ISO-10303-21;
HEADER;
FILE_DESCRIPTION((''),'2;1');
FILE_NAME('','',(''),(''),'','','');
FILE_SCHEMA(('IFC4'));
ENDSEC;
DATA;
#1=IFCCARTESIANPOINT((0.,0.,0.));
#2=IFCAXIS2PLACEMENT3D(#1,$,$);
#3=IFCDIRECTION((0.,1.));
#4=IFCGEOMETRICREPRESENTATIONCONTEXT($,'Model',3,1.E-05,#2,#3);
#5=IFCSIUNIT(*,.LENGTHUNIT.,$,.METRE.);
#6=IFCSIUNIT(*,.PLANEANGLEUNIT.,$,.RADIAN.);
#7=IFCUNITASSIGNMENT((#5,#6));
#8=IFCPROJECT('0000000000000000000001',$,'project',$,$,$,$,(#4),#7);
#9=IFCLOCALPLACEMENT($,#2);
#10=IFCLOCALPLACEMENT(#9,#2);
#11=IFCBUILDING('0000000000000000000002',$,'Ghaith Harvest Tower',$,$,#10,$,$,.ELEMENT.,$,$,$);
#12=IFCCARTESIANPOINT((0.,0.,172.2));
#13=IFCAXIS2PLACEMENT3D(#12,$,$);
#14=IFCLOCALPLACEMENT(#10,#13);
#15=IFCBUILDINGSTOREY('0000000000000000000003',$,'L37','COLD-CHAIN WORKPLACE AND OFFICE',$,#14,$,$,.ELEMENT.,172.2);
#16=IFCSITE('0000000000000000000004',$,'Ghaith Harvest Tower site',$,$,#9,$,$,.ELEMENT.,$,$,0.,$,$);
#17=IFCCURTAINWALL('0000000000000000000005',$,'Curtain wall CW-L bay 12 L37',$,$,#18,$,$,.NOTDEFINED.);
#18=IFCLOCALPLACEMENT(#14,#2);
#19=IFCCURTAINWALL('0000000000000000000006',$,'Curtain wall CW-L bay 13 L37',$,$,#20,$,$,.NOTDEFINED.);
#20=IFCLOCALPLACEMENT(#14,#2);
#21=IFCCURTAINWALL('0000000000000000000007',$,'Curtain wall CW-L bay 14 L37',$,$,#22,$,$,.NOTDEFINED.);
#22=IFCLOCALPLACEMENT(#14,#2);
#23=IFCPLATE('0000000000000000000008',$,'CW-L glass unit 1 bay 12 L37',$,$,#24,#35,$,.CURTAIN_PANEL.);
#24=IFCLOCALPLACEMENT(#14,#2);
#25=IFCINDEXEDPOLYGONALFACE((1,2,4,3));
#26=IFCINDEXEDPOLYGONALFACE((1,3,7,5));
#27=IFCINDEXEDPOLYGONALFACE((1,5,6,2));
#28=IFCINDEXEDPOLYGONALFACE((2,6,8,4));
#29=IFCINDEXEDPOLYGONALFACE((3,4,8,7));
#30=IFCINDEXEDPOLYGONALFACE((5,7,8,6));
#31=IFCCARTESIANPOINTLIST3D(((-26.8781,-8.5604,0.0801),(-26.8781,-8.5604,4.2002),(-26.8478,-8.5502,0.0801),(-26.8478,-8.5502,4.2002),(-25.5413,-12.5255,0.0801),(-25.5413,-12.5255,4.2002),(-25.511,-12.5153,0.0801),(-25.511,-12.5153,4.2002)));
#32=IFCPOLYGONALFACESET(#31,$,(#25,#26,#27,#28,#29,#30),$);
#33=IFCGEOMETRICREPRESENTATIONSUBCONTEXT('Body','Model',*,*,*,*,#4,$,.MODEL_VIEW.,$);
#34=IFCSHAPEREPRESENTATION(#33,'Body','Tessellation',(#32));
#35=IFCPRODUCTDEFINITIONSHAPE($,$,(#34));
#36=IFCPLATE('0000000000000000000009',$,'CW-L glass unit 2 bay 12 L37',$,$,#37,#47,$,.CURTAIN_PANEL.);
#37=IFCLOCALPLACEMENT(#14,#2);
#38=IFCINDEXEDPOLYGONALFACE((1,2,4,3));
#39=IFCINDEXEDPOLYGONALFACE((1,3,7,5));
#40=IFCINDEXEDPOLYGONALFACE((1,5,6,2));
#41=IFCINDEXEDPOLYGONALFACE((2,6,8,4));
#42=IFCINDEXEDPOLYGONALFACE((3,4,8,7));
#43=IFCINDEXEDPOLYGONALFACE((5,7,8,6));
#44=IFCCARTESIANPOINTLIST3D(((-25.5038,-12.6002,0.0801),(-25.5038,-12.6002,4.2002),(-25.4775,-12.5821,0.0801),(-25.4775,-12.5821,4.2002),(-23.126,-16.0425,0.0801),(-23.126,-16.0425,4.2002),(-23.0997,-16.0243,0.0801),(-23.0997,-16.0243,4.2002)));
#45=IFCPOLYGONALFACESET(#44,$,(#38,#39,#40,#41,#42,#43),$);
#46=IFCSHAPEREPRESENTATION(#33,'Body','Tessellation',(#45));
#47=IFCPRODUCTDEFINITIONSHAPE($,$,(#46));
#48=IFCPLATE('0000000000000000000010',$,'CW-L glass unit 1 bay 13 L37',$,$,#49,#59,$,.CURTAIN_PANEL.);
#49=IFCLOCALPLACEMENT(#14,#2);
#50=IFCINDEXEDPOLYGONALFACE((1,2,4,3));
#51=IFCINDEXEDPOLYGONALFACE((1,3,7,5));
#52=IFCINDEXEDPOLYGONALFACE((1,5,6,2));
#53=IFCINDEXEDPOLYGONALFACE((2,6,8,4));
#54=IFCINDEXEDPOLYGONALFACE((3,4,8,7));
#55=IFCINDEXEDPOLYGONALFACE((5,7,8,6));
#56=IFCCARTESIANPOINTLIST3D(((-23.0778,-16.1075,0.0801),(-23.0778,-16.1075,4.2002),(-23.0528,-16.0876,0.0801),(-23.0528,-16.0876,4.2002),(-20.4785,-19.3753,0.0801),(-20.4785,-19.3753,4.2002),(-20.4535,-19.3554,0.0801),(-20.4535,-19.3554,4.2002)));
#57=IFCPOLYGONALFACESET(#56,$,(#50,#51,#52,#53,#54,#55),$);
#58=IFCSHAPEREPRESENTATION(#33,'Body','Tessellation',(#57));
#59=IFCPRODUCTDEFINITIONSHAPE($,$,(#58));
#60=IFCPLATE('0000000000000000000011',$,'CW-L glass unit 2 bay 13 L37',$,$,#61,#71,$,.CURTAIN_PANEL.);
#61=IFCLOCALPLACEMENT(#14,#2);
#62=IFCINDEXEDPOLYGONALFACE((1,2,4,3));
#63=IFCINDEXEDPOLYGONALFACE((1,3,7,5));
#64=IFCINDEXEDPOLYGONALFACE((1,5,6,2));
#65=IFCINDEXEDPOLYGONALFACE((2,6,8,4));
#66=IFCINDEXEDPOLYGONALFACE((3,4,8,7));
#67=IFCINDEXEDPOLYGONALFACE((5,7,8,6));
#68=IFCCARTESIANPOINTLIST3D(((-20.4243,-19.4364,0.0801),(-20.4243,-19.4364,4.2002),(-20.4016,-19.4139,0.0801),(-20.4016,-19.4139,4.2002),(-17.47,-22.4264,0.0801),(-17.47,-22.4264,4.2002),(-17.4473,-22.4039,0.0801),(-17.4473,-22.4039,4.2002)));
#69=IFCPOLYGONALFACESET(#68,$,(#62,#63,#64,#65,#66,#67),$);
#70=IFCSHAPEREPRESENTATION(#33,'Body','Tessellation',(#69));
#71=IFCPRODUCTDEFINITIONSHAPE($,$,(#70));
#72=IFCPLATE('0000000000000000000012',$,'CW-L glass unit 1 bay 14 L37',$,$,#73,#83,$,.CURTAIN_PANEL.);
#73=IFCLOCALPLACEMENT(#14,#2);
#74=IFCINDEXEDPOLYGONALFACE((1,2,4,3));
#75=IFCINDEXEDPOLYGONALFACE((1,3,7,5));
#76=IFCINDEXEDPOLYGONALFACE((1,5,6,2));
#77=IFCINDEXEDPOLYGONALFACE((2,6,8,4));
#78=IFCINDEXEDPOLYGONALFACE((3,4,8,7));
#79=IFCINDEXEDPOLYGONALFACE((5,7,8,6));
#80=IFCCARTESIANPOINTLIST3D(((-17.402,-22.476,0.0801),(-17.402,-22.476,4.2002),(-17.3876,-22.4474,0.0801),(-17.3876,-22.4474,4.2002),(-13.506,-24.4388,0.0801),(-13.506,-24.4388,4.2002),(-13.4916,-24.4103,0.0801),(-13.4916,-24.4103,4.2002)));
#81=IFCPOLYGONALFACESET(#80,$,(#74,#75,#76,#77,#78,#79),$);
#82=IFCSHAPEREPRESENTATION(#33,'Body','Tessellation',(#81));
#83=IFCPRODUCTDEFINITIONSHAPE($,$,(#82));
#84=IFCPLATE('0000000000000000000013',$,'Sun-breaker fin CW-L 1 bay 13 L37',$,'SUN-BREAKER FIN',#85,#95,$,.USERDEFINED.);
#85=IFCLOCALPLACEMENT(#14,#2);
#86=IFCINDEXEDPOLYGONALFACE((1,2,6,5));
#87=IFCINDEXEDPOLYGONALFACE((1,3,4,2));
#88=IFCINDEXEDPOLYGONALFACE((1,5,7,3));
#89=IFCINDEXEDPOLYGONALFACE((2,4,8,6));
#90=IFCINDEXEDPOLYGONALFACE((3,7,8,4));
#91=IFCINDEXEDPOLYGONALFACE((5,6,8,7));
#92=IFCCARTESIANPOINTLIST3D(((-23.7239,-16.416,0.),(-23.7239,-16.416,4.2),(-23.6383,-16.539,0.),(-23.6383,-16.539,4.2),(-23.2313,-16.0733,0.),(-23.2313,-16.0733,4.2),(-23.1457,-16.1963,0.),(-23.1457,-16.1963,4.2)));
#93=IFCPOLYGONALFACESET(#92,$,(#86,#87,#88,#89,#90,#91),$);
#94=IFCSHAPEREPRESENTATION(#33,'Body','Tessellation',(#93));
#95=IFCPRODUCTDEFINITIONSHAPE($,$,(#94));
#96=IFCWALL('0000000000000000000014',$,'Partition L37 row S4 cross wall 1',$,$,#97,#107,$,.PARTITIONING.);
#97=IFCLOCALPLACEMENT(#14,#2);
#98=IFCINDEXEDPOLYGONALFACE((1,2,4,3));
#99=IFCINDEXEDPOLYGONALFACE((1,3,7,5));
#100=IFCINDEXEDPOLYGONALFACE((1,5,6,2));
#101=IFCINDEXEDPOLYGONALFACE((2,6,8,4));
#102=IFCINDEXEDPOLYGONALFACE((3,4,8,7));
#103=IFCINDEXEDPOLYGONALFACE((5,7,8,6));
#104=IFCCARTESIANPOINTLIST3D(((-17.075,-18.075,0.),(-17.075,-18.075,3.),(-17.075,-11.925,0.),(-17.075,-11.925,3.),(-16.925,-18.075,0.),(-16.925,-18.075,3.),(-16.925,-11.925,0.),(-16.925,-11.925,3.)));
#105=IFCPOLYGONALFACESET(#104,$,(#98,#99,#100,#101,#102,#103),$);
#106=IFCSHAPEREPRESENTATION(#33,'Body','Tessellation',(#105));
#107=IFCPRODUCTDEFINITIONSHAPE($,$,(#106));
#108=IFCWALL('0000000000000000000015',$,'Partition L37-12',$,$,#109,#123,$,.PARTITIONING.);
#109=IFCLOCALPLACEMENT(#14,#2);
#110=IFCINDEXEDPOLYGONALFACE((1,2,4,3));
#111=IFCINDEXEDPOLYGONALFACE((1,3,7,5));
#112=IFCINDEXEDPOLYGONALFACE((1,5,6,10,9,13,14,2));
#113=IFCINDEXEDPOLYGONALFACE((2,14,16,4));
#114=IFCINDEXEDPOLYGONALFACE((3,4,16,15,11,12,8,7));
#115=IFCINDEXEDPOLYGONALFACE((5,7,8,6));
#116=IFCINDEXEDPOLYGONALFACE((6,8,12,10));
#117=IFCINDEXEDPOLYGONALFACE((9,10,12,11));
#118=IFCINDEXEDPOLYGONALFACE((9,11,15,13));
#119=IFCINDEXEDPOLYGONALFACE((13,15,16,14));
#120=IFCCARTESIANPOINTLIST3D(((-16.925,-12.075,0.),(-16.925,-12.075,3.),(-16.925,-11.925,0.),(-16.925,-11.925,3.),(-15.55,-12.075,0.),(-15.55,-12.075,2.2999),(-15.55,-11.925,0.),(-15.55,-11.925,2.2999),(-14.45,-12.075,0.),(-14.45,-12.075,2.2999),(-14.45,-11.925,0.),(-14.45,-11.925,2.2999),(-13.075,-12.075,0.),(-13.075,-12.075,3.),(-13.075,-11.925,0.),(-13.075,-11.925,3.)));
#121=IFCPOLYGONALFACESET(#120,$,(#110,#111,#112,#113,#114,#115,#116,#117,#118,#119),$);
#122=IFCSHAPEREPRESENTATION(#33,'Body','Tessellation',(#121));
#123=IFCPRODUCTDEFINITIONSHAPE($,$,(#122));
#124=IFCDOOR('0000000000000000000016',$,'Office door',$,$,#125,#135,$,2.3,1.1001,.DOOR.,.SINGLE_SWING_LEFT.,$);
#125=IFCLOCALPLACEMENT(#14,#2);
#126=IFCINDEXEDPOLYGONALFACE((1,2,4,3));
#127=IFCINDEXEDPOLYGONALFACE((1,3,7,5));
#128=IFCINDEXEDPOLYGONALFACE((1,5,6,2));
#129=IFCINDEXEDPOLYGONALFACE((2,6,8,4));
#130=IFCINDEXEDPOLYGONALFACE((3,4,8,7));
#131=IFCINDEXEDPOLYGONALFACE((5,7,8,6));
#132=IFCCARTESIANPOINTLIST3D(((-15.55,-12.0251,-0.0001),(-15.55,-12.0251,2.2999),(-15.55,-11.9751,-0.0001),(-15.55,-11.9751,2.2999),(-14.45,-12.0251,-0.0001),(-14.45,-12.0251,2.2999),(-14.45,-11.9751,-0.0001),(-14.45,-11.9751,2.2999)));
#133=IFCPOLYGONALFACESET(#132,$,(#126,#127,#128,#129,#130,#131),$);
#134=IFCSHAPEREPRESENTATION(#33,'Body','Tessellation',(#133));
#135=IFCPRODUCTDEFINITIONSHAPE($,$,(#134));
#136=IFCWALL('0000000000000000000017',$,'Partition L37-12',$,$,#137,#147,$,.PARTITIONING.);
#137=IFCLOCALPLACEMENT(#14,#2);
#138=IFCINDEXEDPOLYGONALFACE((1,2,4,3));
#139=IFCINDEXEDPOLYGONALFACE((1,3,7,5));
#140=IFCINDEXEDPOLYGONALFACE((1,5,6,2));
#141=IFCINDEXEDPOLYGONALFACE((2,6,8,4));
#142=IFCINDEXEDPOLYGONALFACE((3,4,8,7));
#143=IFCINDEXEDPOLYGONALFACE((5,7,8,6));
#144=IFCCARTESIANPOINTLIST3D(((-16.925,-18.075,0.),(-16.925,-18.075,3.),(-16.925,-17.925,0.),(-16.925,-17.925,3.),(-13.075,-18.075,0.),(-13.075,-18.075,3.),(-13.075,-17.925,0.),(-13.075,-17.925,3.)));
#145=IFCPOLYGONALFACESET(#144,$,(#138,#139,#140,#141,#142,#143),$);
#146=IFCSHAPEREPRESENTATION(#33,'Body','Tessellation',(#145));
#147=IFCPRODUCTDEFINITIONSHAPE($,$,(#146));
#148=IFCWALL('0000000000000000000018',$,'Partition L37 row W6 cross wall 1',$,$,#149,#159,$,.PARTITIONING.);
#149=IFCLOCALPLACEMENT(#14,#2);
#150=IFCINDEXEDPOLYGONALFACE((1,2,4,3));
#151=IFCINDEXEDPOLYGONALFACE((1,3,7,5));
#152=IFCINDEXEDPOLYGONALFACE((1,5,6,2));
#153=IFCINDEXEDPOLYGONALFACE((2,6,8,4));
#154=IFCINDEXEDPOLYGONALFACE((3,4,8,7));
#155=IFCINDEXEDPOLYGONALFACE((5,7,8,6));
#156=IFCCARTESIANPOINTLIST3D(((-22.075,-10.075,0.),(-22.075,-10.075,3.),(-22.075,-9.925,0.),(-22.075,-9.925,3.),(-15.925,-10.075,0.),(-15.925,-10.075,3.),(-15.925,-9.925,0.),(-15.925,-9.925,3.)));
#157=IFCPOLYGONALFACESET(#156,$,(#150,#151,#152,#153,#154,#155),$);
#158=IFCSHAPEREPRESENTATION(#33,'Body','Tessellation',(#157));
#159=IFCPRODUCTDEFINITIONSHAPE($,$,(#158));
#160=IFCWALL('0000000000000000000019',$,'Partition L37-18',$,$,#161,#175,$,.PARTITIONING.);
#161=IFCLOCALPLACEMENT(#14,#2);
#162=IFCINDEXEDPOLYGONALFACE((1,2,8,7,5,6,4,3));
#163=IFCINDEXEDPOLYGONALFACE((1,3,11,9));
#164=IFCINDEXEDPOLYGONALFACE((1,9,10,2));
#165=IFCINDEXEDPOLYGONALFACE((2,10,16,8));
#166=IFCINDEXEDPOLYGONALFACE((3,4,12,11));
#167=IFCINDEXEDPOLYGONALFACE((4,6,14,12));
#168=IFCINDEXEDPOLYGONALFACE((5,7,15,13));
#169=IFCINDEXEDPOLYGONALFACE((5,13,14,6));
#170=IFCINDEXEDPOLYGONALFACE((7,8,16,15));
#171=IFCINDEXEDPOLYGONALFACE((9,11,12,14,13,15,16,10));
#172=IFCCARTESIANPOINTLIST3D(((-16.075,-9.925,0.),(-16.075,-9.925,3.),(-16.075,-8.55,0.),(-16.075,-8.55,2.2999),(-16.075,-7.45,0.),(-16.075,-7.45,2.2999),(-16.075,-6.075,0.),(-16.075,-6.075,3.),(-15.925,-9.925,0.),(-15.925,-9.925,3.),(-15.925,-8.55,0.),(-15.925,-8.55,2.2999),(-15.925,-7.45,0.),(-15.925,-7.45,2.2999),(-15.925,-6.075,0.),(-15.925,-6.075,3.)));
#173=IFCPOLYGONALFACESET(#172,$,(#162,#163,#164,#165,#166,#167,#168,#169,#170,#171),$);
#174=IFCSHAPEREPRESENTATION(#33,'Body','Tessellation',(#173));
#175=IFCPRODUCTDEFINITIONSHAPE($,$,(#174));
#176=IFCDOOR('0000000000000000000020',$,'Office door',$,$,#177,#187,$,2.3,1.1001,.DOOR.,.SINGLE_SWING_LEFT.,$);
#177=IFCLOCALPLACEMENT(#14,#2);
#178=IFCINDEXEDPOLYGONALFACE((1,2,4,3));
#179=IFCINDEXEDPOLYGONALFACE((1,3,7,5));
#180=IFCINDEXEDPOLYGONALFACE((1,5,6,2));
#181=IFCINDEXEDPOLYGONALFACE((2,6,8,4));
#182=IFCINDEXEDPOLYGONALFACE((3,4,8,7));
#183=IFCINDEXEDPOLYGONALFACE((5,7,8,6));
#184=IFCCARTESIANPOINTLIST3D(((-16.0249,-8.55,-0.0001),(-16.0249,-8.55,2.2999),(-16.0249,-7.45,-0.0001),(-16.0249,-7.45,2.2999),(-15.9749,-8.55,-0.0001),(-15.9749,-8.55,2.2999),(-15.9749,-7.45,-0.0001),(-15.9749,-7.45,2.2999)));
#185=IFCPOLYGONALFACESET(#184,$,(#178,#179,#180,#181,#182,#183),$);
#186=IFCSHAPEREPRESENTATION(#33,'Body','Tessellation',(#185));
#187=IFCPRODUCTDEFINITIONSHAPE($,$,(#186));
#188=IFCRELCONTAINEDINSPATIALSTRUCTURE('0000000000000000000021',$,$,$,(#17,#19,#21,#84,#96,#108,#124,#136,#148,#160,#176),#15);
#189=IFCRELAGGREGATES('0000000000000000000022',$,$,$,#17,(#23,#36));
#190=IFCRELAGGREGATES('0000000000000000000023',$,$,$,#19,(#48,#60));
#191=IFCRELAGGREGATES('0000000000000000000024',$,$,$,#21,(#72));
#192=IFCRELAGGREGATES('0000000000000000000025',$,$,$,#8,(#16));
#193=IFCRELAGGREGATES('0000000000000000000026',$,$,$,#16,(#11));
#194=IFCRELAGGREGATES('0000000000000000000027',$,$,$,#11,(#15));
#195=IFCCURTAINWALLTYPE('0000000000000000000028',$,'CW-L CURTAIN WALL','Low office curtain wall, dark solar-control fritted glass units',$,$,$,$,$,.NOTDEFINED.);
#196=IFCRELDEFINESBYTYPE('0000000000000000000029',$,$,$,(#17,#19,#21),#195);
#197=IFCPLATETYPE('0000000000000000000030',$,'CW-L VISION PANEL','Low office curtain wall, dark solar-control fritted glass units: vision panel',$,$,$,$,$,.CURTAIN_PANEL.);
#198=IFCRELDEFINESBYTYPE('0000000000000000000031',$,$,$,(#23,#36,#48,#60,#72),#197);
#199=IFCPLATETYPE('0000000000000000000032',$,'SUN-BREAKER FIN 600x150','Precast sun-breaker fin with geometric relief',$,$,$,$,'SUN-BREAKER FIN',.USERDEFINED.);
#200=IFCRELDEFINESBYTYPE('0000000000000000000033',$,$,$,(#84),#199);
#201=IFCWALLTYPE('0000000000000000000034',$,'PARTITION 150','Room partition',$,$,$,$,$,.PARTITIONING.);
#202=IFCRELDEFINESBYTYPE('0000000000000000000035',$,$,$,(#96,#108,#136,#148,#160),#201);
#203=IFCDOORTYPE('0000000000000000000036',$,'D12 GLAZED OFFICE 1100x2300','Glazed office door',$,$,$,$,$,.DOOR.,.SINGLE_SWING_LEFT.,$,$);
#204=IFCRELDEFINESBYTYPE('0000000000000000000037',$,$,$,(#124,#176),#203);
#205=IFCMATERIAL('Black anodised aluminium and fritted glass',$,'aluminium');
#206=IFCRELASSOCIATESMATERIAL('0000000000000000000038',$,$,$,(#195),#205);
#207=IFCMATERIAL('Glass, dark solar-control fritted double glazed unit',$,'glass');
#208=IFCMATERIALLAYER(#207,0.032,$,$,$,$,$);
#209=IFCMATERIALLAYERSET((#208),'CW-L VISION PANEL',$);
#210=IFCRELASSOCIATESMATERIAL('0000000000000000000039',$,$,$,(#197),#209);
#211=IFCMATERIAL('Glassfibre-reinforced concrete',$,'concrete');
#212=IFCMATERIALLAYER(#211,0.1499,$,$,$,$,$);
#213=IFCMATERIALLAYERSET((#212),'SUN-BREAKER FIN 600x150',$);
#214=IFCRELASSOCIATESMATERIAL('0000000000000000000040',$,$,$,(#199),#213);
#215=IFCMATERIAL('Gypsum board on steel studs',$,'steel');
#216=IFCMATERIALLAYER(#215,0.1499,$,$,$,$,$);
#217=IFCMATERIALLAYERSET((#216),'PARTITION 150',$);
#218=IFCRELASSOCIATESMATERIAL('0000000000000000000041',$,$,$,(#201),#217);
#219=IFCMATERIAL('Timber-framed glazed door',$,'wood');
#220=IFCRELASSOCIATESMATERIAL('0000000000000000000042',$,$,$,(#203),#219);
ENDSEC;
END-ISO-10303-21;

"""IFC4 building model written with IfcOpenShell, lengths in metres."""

from ifc_helpers import new_model, si_unit, direction, frame, frame_2d, origin, origin_2d, place, context, subcontext, project, spatial, rectangle, extrude, material, layer, layer_set, type_object, element, fill, aggregate, save


model = new_model("IFC4")

# Units and contexts
model_context = context("Model", 3, precision=1e-05, world=origin(), true_north=direction((0.0, 1.0)))
body_context = subcontext(model_context, "Body", "Model", "MODEL_VIEW")
ifc_project = project(units=[si_unit("LENGTHUNIT", "METRE"), si_unit("PLANEANGLEUNIT", "RADIAN")], contexts=[model_context])

# Site, building, storey
site_placement = place(None, origin())
site = spatial("IfcSite", under=ifc_project, at=site_placement, Name="Ghaith Harvest Tower site", CompositionType="ELEMENT", RefElevation=0.0)
building_placement = place(site_placement, origin())
building = spatial("IfcBuilding", under=site, at=building_placement, Name="Ghaith Harvest Tower", CompositionType="ELEMENT")
storey_placement = place(building_placement, frame((0.0, 0.0, 172.2)))
storey = spatial("IfcBuildingStorey", under=building, at=storey_placement, Name="L37", Description="COLD-CHAIN WORKPLACE AND OFFICE", CompositionType="ELEMENT", Elevation=172.2)

# Curtain wall
ifc_material_1 = material(Name="Black anodised aluminium and fritted glass", Category="aluminium")
curtain_wall_type = type_object("IfcCurtainWallType", Name="CW-L CURTAIN WALL", Description="Low office curtain wall, dark solar-control fritted glass units", PredefinedType="NOTDEFINED", material=ifc_material_1)
curtain_wall_1_placement = place(storey_placement, origin())
curtain_wall_1 = element("IfcCurtainWall", 1, at=curtain_wall_1_placement, inside=storey, type_object=curtain_wall_type, Name="Curtain wall CW-L bay 12 L37", PredefinedType="NOTDEFINED")

# Curtain wall
curtain_wall_2_placement = place(storey_placement, origin())
curtain_wall_2 = element("IfcCurtainWall", 2, at=curtain_wall_2_placement, inside=storey, type_object=curtain_wall_type, Name="Curtain wall CW-L bay 13 L37", PredefinedType="NOTDEFINED")

# Curtain wall
curtain_wall_3_placement = place(storey_placement, origin())
curtain_wall_3 = element("IfcCurtainWall", 3, at=curtain_wall_3_placement, inside=storey, type_object=curtain_wall_type, Name="Curtain wall CW-L bay 14 L37", PredefinedType="NOTDEFINED")

# Plates
ifc_material_2 = material(Name="Glass, dark solar-control fritted double glazed unit", Category="glass")
ifc_layer_1 = layer(ifc_material_2, 0.032)
ifc_layer_set_1 = layer_set([ifc_layer_1], Name="CW-L VISION PANEL")
plate_type_1 = type_object("IfcPlateType", Name="CW-L VISION PANEL", Description="Low office curtain wall, dark solar-control fritted glass units: vision panel", PredefinedType="CURTAIN_PANEL", material=ifc_layer_set_1)
plate_1_placement = place(storey_placement, frame((-26.1946, -10.5378, 0.0801), z_axis=(0.0, 0.0, 1.0), x_axis=(0.319477, -0.947594, 0.0)))
plate_1 = element("IfcPlate", 4, at=plate_1_placement, type_object=plate_type_1, Name="CW-L glass unit 1 bay 12 L37", PredefinedType="CURTAIN_PANEL", context=body_context, shape_type="SweptSolid", body=[
    extrude(rectangle(XDim=4.1843, YDim=0.032, at=origin_2d()), origin(), (0.0, 0.0, 1.0), 4.1201),
])
plate_2_placement = place(storey_placement, frame((-24.3018, -14.3123, 0.0801), z_axis=(0.0, 0.0, 1.0), x_axis=(0.568348, -0.822788, 0.0)))
plate_2 = element("IfcPlate", 5, at=plate_2_placement, type_object=plate_type_1, Name="CW-L glass unit 2 bay 12 L37", PredefinedType="CURTAIN_PANEL", context=body_context, shape_type="SweptSolid", body=[
    extrude(rectangle(XDim=4.1836, YDim=0.032, at=origin_2d()), origin(), (0.0, 0.0, 1.0), 4.1201),
])
aggregate(curtain_wall_1, [plate_1, plate_2])
plate_3_placement = place(storey_placement, frame((-21.7656, -17.7314, 0.0801), z_axis=(0.0, 0.0, 1.0), x_axis=(0.622507, -0.782614, 0.0)))
plate_3 = element("IfcPlate", 6, at=plate_3_placement, type_object=plate_type_1, Name="CW-L glass unit 1 bay 13 L37", PredefinedType="CURTAIN_PANEL", context=body_context, shape_type="SweptSolid", body=[
    extrude(rectangle(XDim=4.1755, YDim=0.032, at=origin_2d()), origin(), (0.0, 0.0, 1.0), 4.1201),
])
plate_4_placement = place(storey_placement, frame((-18.9358, -20.9202, 0.0801), z_axis=(0.0, 0.0, 1.0), x_axis=(0.702843, -0.711345, 0.0)))
plate_4 = element("IfcPlate", 7, at=plate_4_placement, type_object=plate_type_1, Name="CW-L glass unit 2 bay 13 L37", PredefinedType="CURTAIN_PANEL", context=body_context, shape_type="SweptSolid", body=[
    extrude(rectangle(XDim=4.2034, YDim=0.032, at=origin_2d()), origin(), (0.0, 0.0, 1.0), 4.1201),
])
aggregate(curtain_wall_2, [plate_3, plate_4])
plate_5_placement = place(storey_placement, frame((-15.4468, -23.4431, 0.0801), z_axis=(0.0, 0.0, 1.0), x_axis=(0.893062, -0.449933, 0.0)))
plate_5 = element("IfcPlate", 8, at=plate_5_placement, type_object=plate_type_1, Name="CW-L glass unit 1 bay 14 L37", PredefinedType="CURTAIN_PANEL", context=body_context, shape_type="SweptSolid", body=[
    extrude(rectangle(XDim=4.3625, YDim=0.032, at=origin_2d()), origin(), (0.0, 0.0, 1.0), 4.1201),
])
aggregate(curtain_wall_3, [plate_5])
ifc_material_3 = material(Name="Glassfibre-reinforced concrete", Category="concrete")
ifc_layer_2 = layer(ifc_material_3, 0.1499)
ifc_layer_set_2 = layer_set([ifc_layer_2], Name="SUN-BREAKER FIN 600x150")
plate_type_2 = type_object("IfcPlateType", Name="SUN-BREAKER FIN 600x150", Description="Precast sun-breaker fin with geometric relief", ElementType="SUN-BREAKER FIN", PredefinedType="USERDEFINED", material=ifc_layer_set_2)
plate_6_placement = place(storey_placement, frame((-23.4348, -16.3062, 0.0), z_axis=(0.0, 0.0, 1.0), x_axis=(-0.820845, -0.57115, 0.0)))
element("IfcPlate", 9, at=plate_6_placement, inside=storey, type_object=plate_type_2, Name="Sun-breaker fin CW-L 1 bay 13 L37", ObjectType="SUN-BREAKER FIN", PredefinedType="USERDEFINED", context=body_context, shape_type="SweptSolid", body=[
    extrude(rectangle(XDim=0.6001, YDim=0.1499, at=origin_2d()), origin(), (0.0, 0.0, 1.0), 4.2),
])

# Wall
ifc_material_4 = material(Name="Gypsum board on steel studs", Category="steel")
ifc_layer_3 = layer(ifc_material_4, 0.1499)
ifc_layer_set_3 = layer_set([ifc_layer_3], Name="PARTITION 150")
wall_type = type_object("IfcWallType", Name="PARTITION 150", Description="Room partition", PredefinedType="PARTITIONING", material=ifc_layer_set_3)
wall_1_placement = place(storey_placement, frame((-17.0, -11.925, 0.0), z_axis=(0.0, 0.0, 1.0), x_axis=(0.0, -1.0, 0.0)))
element("IfcWall", 10, at=wall_1_placement, inside=storey, type_object=wall_type, Name="Partition L37 row S4 cross wall 1", PredefinedType="PARTITIONING", context=body_context, shape_type="SweptSolid", body=[
    extrude(rectangle(XDim=6.1499, YDim=0.1499, at=frame_2d((3.075, 0.0))), origin(), (0.0, 0.0, 1.0), 3.0),
])

# Wall, opening, door
wall_2_placement = place(storey_placement, frame((-16.925, -12.0, 0.0), z_axis=(0.0, 0.0, 1.0), x_axis=(1.0, 0.0, 0.0)))
wall_2 = element("IfcWall", 11, at=wall_2_placement, inside=storey, type_object=wall_type, Name="Partition L37-12", PredefinedType="PARTITIONING", context=body_context, shape_type="SweptSolid", body=[
    extrude(rectangle(XDim=3.8501, YDim=0.1499, at=frame_2d((1.925, 0.0))), origin(), (0.0, 0.0, 1.0), 3.0),
])
opening_1_placement = place(wall_2_placement, frame((1.375, 0.0, 0.0)))
opening_1 = element("IfcOpeningElement", 12, at=opening_1_placement, cuts=wall_2, PredefinedType="OPENING", context=body_context, shape_type="SweptSolid", body=[
    extrude(rectangle(XDim=1.1001, YDim=2.3, at=frame_2d((0.55, 1.1499))), frame((0.0, 0.085, 0.0), z_axis=(0.0, -1.0, 0.0), x_axis=(1.0, 0.0, 0.0)), (0.0, 0.0, 1.0), 0.1699),
])
ifc_material_5 = material(Name="Timber-framed glazed door", Category="wood")
door_type = type_object("IfcDoorType", Name="D12 GLAZED OFFICE 1100x2300", Description="Glazed office door", OperationType="SINGLE_SWING_LEFT", PredefinedType="DOOR", material=ifc_material_5)
door_1_placement = place(opening_1_placement, origin())
door_1 = element("IfcDoor", 13, at=door_1_placement, inside=storey, type_object=door_type, Name="Office door", OperationType="SINGLE_SWING_LEFT", OverallHeight=2.3, OverallWidth=1.1001, PredefinedType="DOOR", context=body_context, shape_type="SweptSolid", body=[
    extrude(rectangle(XDim=1.1001, YDim=2.3, at=frame_2d((0.55, 1.1499))), frame((0.0, 0.0249, 0.0), z_axis=(0.0, -1.0, 0.0), x_axis=(1.0, 0.0, 0.0)), (0.0, 0.0, 1.0), 0.05),
])
fill(opening_1, door_1)

# Walls
wall_3_placement = place(storey_placement, frame((-16.925, -18.0, 0.0), z_axis=(0.0, 0.0, 1.0), x_axis=(1.0, 0.0, 0.0)))
element("IfcWall", 14, at=wall_3_placement, inside=storey, type_object=wall_type, Name="Partition L37-12", PredefinedType="PARTITIONING", context=body_context, shape_type="SweptSolid", body=[
    extrude(rectangle(XDim=3.8501, YDim=0.1499, at=frame_2d((1.925, 0.0))), origin(), (0.0, 0.0, 1.0), 3.0),
])
wall_4_placement = place(storey_placement, frame((-15.925, -10.0, 0.0), z_axis=(0.0, 0.0, 1.0), x_axis=(-1.0, 0.0, 0.0)))
element("IfcWall", 15, at=wall_4_placement, inside=storey, type_object=wall_type, Name="Partition L37 row W6 cross wall 1", PredefinedType="PARTITIONING", context=body_context, shape_type="SweptSolid", body=[
    extrude(rectangle(XDim=6.1499, YDim=0.1499, at=frame_2d((3.075, 0.0))), origin(), (0.0, 0.0, 1.0), 3.0),
])

# Wall, opening, door
wall_5_placement = place(storey_placement, frame((-16.0, -9.925, 0.0), z_axis=(0.0, 0.0, 1.0), x_axis=(0.0, 1.0, 0.0)))
wall_5 = element("IfcWall", 16, at=wall_5_placement, inside=storey, type_object=wall_type, Name="Partition L37-18", PredefinedType="PARTITIONING", context=body_context, shape_type="SweptSolid", body=[
    extrude(rectangle(XDim=3.8501, YDim=0.1499, at=frame_2d((1.925, 0.0))), origin(), (0.0, 0.0, 1.0), 3.0),
])
opening_2_placement = place(wall_5_placement, frame((1.375, 0.0, 0.0)))
opening_2 = element("IfcOpeningElement", 17, at=opening_2_placement, cuts=wall_5, PredefinedType="OPENING", context=body_context, shape_type="SweptSolid", body=[
    extrude(rectangle(XDim=1.1001, YDim=2.3, at=frame_2d((0.55, 1.1499))), frame((0.0, 0.085, 0.0), z_axis=(0.0, -1.0, 0.0), x_axis=(1.0, 0.0, 0.0)), (0.0, 0.0, 1.0), 0.1699),
])
door_2_placement = place(opening_2_placement, origin())
door_2 = element("IfcDoor", 18, at=door_2_placement, inside=storey, type_object=door_type, Name="Office door", OperationType="SINGLE_SWING_LEFT", OverallHeight=2.3, OverallWidth=1.1001, PredefinedType="DOOR", context=body_context, shape_type="SweptSolid", body=[
    extrude(rectangle(XDim=1.1001, YDim=2.3, at=frame_2d((0.55, 1.1499))), frame((0.0, 0.0249, 0.0), z_axis=(0.0, -1.0, 0.0), x_axis=(1.0, 0.0, 0.0)), (0.0, 0.0, 1.0), 0.05),
])
fill(opening_2, door_2)

save(model, "model.ifc")
